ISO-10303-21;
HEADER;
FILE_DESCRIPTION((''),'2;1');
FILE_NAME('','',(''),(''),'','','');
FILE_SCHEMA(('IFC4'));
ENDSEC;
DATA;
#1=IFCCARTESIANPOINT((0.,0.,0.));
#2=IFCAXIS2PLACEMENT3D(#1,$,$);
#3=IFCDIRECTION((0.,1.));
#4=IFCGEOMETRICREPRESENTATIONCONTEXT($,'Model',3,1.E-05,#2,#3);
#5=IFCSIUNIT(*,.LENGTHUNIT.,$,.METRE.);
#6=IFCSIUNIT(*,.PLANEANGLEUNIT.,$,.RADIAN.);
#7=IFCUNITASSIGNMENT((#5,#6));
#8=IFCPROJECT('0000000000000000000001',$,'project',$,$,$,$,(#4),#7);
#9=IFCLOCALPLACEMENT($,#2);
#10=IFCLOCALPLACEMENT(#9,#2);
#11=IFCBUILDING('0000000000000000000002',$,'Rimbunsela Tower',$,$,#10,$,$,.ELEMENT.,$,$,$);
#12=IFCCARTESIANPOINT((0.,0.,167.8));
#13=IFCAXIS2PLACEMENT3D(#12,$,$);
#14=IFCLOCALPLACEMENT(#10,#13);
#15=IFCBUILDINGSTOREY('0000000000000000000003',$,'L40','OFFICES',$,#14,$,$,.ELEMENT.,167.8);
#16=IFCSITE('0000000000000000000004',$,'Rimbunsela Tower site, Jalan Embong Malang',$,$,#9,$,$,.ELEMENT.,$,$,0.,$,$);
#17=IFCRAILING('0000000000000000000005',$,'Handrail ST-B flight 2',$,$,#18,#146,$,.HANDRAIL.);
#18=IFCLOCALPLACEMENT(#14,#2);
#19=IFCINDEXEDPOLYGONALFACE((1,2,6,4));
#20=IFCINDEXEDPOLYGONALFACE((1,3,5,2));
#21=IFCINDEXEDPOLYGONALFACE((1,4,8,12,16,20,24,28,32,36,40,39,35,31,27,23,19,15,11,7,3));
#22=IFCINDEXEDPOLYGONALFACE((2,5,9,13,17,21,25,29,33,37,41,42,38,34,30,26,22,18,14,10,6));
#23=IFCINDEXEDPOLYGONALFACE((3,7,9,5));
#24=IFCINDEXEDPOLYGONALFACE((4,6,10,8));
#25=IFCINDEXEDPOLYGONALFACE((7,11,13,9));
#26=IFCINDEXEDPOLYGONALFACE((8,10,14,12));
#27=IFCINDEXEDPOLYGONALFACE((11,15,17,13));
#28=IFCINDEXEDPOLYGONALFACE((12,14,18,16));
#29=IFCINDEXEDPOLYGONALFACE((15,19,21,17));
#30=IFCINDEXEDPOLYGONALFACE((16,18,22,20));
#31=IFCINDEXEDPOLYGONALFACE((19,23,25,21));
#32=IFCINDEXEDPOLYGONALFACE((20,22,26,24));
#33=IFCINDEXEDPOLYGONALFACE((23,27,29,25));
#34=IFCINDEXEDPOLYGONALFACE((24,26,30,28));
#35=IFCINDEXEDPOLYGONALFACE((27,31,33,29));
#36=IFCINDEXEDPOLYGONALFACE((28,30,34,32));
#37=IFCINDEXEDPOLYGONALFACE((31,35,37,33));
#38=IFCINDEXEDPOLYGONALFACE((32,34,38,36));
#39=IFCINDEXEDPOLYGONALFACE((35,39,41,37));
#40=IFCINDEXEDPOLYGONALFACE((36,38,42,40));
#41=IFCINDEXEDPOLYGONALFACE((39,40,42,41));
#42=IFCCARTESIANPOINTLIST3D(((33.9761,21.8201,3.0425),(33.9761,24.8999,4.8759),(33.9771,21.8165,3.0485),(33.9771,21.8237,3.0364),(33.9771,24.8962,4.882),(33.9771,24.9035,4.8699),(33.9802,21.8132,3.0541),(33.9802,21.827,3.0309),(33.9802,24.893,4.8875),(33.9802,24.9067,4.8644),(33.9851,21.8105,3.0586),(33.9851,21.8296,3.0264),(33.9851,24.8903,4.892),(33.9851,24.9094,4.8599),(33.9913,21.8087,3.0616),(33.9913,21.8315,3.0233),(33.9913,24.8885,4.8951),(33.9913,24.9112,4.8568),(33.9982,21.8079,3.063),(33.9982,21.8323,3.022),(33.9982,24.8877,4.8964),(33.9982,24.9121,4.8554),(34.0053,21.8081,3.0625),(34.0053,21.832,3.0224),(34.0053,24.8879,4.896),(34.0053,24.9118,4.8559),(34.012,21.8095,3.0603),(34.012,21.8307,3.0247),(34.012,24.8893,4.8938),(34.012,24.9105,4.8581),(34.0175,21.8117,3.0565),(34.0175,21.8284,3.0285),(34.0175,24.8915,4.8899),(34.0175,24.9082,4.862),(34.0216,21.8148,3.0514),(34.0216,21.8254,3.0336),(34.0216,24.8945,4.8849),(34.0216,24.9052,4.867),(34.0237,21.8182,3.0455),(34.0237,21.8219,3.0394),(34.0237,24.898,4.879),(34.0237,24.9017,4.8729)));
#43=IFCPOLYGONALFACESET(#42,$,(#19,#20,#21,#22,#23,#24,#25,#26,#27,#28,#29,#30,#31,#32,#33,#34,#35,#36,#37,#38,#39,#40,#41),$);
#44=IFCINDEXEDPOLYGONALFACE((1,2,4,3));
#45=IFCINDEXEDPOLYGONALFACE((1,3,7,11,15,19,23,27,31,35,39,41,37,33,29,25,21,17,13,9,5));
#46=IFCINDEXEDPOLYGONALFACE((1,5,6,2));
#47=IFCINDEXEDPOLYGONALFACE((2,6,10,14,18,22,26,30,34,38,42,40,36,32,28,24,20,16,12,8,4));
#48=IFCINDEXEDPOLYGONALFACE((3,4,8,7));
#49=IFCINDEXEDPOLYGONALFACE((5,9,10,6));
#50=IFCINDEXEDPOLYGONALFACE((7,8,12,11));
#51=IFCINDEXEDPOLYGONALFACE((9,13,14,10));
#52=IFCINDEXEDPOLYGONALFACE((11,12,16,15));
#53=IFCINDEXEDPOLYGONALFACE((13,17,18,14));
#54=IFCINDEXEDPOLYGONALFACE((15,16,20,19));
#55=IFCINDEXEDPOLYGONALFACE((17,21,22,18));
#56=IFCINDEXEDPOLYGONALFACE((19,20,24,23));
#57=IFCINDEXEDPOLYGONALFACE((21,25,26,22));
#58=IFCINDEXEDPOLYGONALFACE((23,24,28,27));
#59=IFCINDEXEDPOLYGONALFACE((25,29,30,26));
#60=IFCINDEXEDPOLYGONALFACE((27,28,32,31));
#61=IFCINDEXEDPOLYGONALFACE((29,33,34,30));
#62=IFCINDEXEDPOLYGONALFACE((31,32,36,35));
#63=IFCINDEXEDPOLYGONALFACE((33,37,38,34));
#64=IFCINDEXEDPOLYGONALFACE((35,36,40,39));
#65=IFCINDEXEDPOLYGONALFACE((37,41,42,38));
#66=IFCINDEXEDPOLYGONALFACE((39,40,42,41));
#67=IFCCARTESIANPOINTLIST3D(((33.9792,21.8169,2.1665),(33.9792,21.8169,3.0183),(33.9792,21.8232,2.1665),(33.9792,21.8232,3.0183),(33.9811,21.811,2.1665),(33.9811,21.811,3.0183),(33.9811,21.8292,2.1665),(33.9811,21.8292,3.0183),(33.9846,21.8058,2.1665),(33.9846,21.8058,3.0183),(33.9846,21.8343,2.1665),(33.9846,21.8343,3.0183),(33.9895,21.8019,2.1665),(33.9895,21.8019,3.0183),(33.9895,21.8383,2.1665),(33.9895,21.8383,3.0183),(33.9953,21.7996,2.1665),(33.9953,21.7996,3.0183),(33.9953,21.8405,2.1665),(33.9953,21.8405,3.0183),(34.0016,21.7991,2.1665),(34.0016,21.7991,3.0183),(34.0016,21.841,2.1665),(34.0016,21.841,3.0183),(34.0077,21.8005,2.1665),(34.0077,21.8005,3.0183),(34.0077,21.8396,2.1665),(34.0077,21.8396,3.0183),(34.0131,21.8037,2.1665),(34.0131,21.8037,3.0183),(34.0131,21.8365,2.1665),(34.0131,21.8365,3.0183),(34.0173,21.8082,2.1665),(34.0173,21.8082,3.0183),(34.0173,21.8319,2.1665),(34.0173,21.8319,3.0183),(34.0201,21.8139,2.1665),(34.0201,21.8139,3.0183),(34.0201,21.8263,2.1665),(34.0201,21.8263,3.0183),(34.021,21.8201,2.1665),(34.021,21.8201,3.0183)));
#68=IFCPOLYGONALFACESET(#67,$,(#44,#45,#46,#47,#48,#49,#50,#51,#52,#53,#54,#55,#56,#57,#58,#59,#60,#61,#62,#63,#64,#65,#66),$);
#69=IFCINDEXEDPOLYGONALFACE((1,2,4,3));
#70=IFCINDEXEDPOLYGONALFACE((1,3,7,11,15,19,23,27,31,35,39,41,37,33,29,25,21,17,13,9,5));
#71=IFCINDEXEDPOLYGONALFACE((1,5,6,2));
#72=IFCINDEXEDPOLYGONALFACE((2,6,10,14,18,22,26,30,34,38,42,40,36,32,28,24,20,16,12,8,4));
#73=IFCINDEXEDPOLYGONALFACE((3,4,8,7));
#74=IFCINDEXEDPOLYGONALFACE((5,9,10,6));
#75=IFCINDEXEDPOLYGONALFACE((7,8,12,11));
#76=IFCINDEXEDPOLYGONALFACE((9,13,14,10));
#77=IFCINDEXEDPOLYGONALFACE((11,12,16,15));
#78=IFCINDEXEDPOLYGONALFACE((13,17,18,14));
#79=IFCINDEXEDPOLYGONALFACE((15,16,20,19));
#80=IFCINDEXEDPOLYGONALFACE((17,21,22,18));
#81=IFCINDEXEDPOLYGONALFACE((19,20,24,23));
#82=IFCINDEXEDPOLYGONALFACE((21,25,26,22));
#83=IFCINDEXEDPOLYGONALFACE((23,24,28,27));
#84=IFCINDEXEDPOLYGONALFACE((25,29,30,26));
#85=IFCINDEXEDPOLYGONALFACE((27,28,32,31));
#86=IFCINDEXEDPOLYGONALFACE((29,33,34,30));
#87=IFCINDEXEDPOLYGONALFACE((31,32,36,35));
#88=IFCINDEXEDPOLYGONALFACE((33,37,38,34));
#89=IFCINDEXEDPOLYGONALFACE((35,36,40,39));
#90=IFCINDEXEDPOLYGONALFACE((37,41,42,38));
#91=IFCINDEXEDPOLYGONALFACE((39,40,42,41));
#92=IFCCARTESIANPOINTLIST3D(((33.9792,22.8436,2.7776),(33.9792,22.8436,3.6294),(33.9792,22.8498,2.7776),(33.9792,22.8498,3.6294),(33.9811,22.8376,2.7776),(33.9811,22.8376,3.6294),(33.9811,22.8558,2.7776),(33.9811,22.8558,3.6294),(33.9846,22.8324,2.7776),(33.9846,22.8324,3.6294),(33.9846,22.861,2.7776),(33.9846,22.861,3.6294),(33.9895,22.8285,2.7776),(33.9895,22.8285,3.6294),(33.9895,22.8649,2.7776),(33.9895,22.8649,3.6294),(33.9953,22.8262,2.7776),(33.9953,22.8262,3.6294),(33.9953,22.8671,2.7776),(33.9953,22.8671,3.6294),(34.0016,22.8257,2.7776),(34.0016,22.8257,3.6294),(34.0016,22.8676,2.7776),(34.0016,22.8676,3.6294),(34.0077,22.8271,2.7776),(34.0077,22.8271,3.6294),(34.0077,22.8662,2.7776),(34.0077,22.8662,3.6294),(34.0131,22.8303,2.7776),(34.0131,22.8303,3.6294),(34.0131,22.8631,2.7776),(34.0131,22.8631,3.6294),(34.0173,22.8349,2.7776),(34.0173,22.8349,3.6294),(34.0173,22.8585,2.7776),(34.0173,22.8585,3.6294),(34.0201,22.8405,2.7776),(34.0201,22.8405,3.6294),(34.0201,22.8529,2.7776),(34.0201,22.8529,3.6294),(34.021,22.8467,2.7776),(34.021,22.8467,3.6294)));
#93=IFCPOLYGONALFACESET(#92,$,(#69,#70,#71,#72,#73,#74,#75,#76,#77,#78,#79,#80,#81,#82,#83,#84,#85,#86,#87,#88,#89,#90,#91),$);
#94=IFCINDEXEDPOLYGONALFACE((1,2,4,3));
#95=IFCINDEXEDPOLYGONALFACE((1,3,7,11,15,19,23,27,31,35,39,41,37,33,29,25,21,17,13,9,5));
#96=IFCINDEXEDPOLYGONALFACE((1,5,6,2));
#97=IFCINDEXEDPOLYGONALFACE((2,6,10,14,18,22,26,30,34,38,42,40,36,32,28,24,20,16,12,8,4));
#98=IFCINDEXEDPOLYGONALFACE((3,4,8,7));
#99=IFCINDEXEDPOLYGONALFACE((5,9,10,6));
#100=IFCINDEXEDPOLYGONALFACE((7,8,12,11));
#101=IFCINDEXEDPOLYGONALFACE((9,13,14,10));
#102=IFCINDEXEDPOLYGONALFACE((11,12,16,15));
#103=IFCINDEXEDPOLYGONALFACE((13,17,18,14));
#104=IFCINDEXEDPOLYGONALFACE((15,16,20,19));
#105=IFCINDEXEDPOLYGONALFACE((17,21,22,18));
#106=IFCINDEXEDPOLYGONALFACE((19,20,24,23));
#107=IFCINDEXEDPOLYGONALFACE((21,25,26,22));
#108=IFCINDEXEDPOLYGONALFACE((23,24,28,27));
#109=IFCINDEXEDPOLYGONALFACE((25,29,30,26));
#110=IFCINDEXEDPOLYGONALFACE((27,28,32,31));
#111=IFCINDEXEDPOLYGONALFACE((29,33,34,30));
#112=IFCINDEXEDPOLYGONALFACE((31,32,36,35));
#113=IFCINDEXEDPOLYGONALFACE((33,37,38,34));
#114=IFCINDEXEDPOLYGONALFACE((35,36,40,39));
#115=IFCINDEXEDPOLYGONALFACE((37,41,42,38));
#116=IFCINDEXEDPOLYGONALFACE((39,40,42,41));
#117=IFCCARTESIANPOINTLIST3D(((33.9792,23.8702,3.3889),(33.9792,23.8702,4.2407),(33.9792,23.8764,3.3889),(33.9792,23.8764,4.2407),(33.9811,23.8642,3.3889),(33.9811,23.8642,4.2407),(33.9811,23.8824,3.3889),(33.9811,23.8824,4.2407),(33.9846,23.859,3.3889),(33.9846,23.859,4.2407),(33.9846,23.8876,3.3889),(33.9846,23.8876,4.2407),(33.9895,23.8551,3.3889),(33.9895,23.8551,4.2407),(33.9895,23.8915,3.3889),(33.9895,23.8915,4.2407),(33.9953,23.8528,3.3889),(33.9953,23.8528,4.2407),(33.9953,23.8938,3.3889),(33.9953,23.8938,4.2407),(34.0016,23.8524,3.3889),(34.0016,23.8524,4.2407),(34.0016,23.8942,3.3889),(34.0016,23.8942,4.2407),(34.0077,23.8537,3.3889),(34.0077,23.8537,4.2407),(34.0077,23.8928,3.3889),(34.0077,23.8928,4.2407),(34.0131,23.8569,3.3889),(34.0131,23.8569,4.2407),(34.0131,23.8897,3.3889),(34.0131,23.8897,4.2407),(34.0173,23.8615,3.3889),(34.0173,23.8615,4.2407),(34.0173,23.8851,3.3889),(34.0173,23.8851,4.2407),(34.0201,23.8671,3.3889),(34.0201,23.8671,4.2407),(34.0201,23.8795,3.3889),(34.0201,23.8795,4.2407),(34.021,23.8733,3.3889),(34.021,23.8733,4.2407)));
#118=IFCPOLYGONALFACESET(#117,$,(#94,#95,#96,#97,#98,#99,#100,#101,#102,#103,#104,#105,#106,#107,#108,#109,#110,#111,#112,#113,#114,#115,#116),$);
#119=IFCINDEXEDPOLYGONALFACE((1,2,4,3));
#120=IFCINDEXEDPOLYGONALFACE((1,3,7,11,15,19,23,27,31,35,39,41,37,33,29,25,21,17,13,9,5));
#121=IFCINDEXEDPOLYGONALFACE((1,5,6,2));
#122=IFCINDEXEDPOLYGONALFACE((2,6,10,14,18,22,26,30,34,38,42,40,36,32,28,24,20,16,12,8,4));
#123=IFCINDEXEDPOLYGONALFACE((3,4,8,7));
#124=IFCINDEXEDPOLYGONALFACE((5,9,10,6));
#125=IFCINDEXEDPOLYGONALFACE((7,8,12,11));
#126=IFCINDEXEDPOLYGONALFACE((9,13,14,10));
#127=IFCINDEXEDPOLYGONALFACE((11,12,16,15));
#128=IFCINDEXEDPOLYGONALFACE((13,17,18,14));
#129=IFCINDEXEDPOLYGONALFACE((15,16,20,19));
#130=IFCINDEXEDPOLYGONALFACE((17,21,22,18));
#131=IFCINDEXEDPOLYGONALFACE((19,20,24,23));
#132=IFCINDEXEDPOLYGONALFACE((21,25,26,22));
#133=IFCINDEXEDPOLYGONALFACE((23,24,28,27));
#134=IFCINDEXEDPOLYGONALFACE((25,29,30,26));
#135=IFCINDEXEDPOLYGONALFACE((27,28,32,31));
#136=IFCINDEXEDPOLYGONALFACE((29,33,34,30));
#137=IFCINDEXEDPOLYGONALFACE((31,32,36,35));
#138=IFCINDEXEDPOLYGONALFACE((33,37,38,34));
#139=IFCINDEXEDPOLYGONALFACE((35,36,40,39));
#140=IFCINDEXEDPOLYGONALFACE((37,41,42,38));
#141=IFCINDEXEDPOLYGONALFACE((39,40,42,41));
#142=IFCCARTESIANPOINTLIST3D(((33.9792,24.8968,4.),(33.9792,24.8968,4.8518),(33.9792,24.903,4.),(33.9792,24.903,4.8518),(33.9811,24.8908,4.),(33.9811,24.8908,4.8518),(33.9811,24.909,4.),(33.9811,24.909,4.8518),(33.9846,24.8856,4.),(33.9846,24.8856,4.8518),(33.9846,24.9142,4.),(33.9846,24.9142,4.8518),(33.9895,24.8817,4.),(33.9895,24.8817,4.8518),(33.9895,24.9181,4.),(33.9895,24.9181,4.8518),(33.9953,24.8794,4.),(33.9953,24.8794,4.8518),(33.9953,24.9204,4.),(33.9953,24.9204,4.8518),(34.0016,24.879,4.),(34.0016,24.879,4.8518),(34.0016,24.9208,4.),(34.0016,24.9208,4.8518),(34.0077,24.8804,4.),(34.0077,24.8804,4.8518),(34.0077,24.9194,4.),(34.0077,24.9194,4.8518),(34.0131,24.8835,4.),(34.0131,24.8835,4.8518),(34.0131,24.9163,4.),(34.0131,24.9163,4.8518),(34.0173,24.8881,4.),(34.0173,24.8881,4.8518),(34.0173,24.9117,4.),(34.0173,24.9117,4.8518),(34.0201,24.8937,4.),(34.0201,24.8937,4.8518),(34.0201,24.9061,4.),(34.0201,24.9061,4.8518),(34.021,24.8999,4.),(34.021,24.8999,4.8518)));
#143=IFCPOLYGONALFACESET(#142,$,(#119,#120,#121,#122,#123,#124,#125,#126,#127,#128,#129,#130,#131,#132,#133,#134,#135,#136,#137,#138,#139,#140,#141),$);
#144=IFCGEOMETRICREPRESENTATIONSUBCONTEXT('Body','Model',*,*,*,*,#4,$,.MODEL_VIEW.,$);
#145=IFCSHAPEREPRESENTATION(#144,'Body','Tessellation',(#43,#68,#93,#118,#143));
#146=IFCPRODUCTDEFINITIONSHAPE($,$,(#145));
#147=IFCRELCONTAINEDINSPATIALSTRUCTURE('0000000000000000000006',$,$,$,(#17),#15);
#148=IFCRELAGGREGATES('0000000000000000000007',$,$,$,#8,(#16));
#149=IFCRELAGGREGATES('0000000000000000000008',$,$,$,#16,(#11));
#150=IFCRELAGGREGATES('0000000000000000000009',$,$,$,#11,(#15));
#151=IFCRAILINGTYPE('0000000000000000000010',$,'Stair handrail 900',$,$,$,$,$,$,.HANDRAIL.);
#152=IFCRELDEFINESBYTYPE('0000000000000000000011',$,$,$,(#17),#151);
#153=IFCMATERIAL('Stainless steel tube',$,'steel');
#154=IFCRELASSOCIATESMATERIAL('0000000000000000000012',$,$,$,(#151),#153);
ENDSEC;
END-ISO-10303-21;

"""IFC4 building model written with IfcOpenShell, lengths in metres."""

from ifc_helpers import new_model, si_unit, direction, frame, origin, origin_2d, place, context, subcontext, project, spatial, circle, extrude, material, type_object, element, save


model = new_model("IFC4")

# Units and contexts
model_context = context("Model", 3, precision=1e-05, world=origin(), true_north=direction((0.0, 1.0)))
body_context = subcontext(model_context, "Body", "Model", "MODEL_VIEW")
ifc_project = project(units=[si_unit("LENGTHUNIT", "METRE"), si_unit("PLANEANGLEUNIT", "RADIAN")], contexts=[model_context])

# Site, building, storey
site_placement = place(None, origin())
site = spatial("IfcSite", under=ifc_project, at=site_placement, Name="Rimbunsela Tower site, Jalan Embong Malang", CompositionType="ELEMENT", RefElevation=0.0)
building_placement = place(site_placement, origin())
building = spatial("IfcBuilding", under=site, at=building_placement, Name="Rimbunsela Tower", CompositionType="ELEMENT")
storey_placement = place(building_placement, frame((0.0, 0.0, 167.8)))
storey = spatial("IfcBuildingStorey", under=building, at=storey_placement, Name="L40", Description="OFFICES", CompositionType="ELEMENT", Elevation=167.8)

# Railing
ifc_material_1 = material(Name="Stainless steel tube", Category="steel")
railing_type = type_object("IfcRailingType", Name="Stair handrail 900", PredefinedType="HANDRAIL", material=ifc_material_1)
for number, where, name in (
    (1, (34.0, 21.8201, 2.1665), "Handrail ST-B flight 2"),
):
    element("IfcRailing", number, at=place(storey_placement, frame(where)), inside=storey, type_object=railing_type, Name=name, PredefinedType="HANDRAIL", context=body_context, shape_type="SweptSolid", body=[
        extrude(circle(Radius=0.0239, at=origin_2d()), frame((0.0, 0.0, 0.876), z_axis=(0.0, 0.859261, 0.511538), x_axis=(-1.0, 0.0, 0.0)), (0.0, 0.0, 1.0), 3.5842),
        extrude(circle(Radius=0.021, at=origin_2d()), origin(), (0.0, 0.0, 1.0), 0.8518),
        extrude(circle(Radius=0.021, at=origin_2d()), frame((0.0, 1.0266, 0.6111)), (0.0, 0.0, 1.0), 0.8518),
        extrude(circle(Radius=0.021, at=origin_2d()), frame((0.0, 2.0532, 1.2224)), (0.0, 0.0, 1.0), 0.8518),
        extrude(circle(Radius=0.021, at=origin_2d()), frame((0.0, 3.0798, 1.8335)), (0.0, 0.0, 1.0), 0.8518),
    ])

save(model, "model.ifc")
